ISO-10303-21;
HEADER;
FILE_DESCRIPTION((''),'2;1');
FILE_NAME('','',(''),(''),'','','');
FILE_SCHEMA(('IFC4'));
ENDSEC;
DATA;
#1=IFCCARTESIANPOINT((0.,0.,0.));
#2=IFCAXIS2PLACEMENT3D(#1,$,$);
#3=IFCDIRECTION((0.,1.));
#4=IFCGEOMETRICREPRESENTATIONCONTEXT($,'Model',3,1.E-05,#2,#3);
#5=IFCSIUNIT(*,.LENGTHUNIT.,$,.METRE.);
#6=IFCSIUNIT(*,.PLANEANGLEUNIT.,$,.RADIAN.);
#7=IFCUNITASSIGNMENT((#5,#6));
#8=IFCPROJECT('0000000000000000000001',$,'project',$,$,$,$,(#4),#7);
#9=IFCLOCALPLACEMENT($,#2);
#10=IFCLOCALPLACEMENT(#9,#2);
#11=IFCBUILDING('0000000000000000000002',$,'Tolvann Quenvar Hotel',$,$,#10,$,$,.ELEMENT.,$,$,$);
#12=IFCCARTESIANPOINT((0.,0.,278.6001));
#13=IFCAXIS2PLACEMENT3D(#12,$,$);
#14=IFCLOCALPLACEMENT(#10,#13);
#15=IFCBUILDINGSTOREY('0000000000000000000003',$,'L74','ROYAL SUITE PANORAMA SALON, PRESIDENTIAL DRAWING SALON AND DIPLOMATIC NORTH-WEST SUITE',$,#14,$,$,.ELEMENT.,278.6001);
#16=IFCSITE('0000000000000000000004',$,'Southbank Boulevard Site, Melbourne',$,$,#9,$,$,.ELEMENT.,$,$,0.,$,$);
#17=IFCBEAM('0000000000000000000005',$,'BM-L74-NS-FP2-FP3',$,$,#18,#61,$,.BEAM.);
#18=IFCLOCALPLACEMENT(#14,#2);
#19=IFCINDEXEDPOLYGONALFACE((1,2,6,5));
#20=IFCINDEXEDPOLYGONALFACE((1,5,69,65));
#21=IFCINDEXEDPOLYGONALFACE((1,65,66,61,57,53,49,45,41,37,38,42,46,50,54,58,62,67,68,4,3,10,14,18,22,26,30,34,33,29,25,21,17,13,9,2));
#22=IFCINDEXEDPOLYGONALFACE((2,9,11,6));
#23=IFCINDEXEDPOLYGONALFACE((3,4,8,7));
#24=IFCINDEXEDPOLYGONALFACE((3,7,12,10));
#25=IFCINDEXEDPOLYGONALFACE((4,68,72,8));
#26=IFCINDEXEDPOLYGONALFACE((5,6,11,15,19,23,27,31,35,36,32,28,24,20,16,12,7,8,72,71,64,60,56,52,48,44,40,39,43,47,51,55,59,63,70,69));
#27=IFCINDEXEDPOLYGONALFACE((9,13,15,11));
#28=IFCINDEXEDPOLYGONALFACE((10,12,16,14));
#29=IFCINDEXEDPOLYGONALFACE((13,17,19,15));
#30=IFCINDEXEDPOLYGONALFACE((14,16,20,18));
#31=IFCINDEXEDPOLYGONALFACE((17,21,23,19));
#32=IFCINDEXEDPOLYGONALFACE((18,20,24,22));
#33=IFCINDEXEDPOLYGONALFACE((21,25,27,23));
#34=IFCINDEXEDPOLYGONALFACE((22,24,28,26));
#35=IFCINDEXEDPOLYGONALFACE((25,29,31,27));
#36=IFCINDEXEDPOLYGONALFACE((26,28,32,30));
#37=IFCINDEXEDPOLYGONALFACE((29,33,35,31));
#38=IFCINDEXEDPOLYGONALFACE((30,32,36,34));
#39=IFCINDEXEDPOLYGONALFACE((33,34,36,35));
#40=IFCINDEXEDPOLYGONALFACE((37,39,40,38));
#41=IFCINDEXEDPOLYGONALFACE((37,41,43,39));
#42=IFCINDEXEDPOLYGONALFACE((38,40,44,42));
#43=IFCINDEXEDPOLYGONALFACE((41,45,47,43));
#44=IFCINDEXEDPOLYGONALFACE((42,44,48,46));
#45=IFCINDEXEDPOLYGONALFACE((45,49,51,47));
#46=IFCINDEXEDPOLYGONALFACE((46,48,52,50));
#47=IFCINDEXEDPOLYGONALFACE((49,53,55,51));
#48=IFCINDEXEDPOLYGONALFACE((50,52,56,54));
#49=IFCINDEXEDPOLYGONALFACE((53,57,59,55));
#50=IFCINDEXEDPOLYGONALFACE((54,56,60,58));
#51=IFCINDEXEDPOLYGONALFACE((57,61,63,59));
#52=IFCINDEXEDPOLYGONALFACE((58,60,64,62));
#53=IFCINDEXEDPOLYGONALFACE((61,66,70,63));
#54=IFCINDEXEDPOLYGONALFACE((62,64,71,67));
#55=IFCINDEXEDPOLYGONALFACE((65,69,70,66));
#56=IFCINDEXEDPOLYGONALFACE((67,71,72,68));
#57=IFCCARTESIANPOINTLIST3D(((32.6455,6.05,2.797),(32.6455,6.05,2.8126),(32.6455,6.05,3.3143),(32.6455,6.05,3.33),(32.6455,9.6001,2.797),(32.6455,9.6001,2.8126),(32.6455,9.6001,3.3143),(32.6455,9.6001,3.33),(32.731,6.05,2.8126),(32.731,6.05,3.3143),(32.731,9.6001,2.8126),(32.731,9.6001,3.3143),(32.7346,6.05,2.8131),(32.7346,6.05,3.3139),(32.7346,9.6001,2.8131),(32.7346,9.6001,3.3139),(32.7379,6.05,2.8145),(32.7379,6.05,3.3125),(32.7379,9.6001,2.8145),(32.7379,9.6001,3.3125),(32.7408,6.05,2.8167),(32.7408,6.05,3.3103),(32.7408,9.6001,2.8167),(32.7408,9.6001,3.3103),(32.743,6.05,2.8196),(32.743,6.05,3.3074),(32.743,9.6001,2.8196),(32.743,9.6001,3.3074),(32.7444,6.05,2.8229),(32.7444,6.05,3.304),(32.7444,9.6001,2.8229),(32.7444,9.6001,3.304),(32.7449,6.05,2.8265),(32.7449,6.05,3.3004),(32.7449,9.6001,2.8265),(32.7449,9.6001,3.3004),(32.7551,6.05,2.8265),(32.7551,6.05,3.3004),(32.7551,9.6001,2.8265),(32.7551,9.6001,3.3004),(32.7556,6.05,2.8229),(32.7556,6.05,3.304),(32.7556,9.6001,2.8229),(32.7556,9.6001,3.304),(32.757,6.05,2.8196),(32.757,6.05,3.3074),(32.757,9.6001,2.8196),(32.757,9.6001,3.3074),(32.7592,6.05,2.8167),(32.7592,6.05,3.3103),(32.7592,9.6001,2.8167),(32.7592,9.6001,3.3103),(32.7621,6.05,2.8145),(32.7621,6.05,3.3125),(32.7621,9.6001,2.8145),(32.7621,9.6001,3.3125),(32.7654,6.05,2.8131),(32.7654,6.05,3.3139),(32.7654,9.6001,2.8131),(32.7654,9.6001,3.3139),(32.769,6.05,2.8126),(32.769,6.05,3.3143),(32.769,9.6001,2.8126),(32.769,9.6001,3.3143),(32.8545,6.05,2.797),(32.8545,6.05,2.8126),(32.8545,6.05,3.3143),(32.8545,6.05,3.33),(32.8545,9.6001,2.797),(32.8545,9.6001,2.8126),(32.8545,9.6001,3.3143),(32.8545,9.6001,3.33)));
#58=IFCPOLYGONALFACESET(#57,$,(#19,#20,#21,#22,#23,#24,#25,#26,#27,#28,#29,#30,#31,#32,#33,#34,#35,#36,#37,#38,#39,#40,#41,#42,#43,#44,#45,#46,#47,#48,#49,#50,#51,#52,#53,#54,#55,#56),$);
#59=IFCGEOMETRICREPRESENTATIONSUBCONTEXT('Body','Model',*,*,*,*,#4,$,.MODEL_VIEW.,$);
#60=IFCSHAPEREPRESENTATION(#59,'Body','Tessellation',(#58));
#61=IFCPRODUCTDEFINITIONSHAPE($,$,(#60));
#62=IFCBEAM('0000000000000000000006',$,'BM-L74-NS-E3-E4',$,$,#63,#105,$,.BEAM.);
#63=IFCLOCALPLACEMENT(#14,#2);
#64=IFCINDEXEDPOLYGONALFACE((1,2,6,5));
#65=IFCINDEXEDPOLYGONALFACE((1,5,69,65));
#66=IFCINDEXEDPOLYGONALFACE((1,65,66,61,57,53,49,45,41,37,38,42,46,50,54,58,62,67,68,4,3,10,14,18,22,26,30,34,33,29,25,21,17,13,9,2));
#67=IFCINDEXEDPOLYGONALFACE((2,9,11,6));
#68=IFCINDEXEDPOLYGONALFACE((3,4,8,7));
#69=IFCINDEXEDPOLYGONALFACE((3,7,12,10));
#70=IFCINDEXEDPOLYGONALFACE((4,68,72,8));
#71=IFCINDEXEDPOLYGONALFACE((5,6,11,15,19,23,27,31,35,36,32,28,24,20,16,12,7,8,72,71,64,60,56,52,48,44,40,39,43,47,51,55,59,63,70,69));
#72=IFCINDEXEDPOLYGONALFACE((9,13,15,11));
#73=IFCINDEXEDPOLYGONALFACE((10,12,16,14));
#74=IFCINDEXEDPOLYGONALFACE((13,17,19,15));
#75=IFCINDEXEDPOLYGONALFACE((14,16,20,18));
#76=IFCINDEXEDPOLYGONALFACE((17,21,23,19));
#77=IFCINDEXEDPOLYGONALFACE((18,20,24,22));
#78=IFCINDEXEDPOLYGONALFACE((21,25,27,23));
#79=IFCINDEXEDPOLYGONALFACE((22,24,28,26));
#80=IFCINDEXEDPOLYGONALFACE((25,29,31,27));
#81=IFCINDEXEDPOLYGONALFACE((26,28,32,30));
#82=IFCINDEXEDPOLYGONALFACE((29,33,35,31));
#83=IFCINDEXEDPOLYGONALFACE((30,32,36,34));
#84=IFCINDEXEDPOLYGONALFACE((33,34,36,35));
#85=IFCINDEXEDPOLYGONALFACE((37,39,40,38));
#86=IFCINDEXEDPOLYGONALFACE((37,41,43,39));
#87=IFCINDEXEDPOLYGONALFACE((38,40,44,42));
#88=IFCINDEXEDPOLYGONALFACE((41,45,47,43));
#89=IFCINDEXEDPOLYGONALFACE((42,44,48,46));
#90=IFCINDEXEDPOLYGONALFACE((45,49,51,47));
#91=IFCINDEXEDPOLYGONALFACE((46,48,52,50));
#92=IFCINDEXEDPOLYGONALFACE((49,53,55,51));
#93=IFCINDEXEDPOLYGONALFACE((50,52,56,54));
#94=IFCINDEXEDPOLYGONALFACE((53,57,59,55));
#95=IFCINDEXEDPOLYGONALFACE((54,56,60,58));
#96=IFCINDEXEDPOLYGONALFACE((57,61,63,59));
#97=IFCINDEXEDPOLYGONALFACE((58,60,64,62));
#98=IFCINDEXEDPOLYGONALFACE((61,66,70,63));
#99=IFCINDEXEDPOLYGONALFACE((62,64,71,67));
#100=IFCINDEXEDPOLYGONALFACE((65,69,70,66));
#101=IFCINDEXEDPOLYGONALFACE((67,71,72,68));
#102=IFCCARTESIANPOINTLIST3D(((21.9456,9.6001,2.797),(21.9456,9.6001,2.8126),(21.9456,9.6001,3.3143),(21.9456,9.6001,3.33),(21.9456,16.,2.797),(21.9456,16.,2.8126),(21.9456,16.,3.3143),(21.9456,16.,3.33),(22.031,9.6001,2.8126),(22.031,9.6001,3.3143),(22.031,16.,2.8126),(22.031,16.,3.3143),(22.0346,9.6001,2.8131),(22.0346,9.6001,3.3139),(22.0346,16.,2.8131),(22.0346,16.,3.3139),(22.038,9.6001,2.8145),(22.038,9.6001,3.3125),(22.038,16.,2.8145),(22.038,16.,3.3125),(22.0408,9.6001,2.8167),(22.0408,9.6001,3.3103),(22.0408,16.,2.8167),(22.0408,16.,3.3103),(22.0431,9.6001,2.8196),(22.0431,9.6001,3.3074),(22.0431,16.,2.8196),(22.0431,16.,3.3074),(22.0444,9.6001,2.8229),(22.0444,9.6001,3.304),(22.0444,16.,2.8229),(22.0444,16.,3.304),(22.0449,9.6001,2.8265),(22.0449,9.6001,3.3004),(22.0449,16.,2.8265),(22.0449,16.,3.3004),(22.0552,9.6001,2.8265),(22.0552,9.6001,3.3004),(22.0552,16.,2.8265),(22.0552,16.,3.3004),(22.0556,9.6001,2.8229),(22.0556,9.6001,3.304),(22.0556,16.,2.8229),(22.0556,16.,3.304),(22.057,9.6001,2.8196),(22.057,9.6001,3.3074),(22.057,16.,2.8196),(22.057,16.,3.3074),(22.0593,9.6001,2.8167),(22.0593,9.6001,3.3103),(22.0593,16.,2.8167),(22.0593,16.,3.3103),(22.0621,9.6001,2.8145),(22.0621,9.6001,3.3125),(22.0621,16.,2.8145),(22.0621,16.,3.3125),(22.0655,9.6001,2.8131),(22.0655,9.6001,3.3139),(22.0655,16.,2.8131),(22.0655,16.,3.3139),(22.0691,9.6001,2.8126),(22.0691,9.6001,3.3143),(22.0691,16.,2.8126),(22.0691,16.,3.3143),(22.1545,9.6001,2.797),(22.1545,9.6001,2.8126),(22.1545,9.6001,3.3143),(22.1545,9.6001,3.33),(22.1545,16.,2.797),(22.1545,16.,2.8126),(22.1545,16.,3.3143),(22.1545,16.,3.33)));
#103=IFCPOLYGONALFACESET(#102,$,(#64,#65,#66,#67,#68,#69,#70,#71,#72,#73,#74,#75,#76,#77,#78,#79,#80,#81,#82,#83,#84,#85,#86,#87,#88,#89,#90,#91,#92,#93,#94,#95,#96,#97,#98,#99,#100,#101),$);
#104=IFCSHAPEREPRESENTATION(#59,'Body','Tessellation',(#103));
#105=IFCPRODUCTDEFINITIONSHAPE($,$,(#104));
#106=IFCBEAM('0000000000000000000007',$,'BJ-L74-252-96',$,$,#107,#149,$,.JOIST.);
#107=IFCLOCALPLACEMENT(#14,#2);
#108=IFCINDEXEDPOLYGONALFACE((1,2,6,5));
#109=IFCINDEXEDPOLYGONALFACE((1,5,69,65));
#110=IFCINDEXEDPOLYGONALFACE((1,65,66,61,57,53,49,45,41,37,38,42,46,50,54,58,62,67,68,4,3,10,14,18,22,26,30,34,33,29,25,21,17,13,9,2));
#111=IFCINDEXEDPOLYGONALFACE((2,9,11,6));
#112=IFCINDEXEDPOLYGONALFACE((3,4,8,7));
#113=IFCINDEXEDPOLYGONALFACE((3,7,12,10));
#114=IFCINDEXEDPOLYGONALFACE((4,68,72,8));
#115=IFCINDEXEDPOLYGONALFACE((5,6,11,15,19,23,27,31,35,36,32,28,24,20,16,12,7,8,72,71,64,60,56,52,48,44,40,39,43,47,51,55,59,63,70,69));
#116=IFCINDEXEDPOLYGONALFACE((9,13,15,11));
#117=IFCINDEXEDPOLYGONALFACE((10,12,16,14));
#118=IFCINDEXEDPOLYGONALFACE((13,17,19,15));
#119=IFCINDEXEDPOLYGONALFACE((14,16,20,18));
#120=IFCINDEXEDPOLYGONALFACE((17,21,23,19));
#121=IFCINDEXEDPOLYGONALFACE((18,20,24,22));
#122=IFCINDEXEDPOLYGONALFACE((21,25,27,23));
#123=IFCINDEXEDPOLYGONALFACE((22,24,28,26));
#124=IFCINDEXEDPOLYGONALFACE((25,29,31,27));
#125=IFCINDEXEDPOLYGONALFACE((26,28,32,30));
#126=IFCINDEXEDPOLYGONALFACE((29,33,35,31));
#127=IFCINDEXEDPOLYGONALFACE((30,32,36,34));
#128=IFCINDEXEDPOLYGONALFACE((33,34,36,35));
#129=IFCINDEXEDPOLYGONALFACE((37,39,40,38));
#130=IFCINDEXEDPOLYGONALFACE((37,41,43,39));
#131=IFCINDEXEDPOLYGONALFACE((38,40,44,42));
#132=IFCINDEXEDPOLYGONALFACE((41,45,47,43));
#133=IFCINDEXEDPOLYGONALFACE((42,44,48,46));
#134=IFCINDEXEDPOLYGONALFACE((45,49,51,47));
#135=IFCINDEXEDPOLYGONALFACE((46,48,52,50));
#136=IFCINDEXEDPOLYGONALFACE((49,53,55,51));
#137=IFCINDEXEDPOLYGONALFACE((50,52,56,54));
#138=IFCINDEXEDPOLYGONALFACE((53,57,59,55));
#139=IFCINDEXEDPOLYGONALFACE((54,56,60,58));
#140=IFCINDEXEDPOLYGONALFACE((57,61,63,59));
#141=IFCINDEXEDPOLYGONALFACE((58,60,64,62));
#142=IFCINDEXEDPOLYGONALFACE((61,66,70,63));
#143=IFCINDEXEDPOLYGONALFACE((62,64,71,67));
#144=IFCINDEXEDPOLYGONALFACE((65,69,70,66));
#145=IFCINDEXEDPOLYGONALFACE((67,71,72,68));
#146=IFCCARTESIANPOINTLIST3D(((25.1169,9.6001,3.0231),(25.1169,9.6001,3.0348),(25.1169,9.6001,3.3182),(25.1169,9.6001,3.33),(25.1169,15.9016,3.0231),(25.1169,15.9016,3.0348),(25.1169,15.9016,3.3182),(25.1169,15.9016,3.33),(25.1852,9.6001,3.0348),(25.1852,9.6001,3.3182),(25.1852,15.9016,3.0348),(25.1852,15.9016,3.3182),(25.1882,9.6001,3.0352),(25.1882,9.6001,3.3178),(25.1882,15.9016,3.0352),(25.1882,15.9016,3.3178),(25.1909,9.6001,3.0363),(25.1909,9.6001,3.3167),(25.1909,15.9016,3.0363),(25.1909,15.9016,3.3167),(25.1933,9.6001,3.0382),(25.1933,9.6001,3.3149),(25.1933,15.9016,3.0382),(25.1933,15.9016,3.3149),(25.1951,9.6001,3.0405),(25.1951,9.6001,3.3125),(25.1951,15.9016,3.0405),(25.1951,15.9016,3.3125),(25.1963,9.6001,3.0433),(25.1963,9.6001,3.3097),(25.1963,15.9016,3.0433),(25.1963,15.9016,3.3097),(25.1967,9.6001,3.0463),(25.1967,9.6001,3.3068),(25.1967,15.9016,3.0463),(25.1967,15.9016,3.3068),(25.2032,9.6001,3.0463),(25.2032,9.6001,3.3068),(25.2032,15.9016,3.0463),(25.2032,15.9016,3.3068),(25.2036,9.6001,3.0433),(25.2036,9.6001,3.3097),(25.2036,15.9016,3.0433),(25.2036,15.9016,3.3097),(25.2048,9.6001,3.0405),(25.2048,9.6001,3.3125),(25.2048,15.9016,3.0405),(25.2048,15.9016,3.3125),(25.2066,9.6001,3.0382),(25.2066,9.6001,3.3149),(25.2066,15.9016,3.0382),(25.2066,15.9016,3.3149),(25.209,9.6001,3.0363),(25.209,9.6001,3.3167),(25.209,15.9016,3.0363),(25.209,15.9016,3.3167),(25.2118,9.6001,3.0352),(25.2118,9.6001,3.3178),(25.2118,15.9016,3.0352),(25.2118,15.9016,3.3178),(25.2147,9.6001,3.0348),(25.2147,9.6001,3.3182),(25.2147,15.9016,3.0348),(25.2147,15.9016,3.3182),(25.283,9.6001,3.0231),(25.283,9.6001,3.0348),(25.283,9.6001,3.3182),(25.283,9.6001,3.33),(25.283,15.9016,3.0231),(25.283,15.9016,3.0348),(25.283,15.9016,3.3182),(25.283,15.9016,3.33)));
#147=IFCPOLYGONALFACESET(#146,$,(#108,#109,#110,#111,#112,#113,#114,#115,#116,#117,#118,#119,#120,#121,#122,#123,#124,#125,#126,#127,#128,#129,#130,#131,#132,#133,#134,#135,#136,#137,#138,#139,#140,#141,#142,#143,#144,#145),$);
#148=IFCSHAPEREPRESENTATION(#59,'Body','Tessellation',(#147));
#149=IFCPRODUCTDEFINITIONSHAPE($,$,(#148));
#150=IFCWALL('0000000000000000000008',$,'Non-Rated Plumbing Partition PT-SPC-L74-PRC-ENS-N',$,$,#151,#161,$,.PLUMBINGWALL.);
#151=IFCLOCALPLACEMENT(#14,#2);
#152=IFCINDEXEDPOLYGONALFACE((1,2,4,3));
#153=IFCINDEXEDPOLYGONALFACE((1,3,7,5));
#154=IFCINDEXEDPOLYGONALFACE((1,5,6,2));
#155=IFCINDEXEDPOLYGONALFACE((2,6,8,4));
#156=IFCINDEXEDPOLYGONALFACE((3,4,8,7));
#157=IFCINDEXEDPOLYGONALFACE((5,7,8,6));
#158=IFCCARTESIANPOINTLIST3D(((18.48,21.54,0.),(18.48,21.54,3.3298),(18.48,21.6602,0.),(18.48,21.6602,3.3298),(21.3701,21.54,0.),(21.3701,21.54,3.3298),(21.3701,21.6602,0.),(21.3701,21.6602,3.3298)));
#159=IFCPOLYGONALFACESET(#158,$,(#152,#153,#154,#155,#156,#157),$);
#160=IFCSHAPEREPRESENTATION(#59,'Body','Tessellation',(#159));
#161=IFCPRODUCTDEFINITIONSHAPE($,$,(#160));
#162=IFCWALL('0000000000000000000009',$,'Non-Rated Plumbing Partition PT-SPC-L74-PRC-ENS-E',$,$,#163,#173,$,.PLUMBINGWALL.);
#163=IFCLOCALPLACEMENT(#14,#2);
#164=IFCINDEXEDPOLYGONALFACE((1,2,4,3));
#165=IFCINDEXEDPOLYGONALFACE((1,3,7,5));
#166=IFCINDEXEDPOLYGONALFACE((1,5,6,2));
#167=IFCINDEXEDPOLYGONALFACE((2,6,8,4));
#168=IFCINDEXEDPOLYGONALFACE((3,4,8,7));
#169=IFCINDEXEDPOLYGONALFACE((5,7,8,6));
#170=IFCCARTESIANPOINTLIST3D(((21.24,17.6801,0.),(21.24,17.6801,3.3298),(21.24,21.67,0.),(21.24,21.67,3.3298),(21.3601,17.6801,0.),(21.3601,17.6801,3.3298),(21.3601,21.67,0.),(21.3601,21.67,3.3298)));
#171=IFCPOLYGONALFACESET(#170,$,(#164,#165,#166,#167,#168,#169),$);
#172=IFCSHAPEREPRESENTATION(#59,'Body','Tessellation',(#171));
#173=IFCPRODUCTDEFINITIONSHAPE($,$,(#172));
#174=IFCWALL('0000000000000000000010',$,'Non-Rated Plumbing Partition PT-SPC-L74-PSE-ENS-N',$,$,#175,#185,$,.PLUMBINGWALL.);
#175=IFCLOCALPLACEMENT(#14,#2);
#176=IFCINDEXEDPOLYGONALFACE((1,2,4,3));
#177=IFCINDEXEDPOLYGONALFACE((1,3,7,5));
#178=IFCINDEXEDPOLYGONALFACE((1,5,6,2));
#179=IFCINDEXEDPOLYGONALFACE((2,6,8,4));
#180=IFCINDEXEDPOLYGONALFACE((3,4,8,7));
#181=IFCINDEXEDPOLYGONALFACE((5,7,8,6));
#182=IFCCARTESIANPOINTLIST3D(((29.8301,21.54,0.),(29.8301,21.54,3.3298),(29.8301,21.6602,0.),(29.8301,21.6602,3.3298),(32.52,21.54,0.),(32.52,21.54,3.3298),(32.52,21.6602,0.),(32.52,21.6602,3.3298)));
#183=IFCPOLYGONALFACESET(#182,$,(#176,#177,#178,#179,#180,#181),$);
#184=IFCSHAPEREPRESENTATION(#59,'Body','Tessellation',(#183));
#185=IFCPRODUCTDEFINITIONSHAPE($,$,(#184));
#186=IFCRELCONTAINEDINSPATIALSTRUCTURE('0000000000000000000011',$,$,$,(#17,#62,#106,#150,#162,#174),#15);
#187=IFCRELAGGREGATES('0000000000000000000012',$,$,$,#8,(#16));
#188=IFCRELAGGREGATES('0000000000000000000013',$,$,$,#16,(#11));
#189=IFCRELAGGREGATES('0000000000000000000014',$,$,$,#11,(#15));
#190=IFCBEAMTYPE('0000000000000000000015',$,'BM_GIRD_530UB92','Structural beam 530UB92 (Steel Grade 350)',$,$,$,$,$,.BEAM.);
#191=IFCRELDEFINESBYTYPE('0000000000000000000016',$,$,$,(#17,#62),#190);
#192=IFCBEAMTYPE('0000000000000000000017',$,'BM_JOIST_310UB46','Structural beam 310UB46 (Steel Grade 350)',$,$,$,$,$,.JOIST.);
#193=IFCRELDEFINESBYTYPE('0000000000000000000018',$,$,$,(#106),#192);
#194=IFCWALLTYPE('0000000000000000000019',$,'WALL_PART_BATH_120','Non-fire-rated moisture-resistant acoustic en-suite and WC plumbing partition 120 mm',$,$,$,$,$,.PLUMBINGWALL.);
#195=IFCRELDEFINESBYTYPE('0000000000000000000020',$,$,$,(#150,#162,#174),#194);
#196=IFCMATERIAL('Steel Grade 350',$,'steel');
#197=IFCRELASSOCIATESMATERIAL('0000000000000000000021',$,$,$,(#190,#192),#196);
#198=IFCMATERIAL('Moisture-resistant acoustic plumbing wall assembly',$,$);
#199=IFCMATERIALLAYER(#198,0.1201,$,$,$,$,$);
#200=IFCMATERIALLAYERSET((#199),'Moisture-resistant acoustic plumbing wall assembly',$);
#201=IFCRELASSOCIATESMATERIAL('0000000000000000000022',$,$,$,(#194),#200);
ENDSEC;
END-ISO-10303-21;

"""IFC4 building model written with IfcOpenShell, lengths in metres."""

from ifc_helpers import new_model, si_unit, direction, frame, frame_2d, origin, origin_2d, place, context, subcontext, project, spatial, rectangle, i_section, extrude, source, transform, mapped, material, layer, layer_set, material_profile, profile_set, type_object, element, save


model = new_model("IFC4")

# Units and contexts
model_context = context("Model", 3, precision=1e-05, world=origin(), true_north=direction((0.0, 1.0)))
body_context = subcontext(model_context, "Body", "Model", "MODEL_VIEW")
ifc_project = project(units=[si_unit("LENGTHUNIT", "METRE"), si_unit("PLANEANGLEUNIT", "RADIAN")], contexts=[model_context])

# Site, building, storey
site_placement = place(None, origin())
site = spatial("IfcSite", under=ifc_project, at=site_placement, Name="Southbank Boulevard Site, Melbourne", CompositionType="ELEMENT", RefElevation=0.0)
building_placement = place(site_placement, origin())
building = spatial("IfcBuilding", under=site, at=building_placement, Name="Tolvann Quenvar Hotel", CompositionType="ELEMENT")
storey_placement = place(building_placement, frame((0.0, 0.0, 278.6001)))
storey = spatial("IfcBuildingStorey", under=building, at=storey_placement, Name="L74", Description="ROYAL SUITE PANORAMA SALON, PRESIDENTIAL DRAWING SALON AND DIPLOMATIC NORTH-WEST SUITE", CompositionType="ELEMENT", Elevation=278.6001)

# Shared definitions
ifc_material_1 = material(Name="Steel Grade 350", Category="steel")

# Beams
ifc_material_profile_1 = material_profile(ifc_material_1, i_section(OverallWidth=0.209, OverallDepth=0.533, WebThickness=0.0103, FlangeThickness=0.0156, FilletRadius=0.0139, at=origin_2d()), Name="530UB92")
ifc_profile_set_1 = profile_set([ifc_material_profile_1], Name="Steel Grade 350")
beam_type_1 = type_object("IfcBeamType", Name="BM_GIRD_530UB92", Description="Structural beam 530UB92 (Steel Grade 350)", PredefinedType="BEAM", material=ifc_profile_set_1)
ifc_material_profile_2 = material_profile(ifc_material_1, i_section(OverallWidth=0.166, OverallDepth=0.3069, WebThickness=0.0066, FlangeThickness=0.0117, FilletRadius=0.0115, at=origin_2d()), Name="310UB46")
ifc_profile_set_2 = profile_set([ifc_material_profile_2], Name="Steel Grade 350")
beam_type_2 = type_object("IfcBeamType", Name="BM_JOIST_310UB46", Description="Structural beam 310UB46 (Steel Grade 350)", PredefinedType="JOIST", material=ifc_profile_set_2)
shared_shape_1 = source(origin(), body_context, "Body", "SweptSolid", [
    extrude(i_section(OverallWidth=0.209, OverallDepth=0.533, WebThickness=0.0103, FlangeThickness=0.0156, FilletRadius=0.0139, at=origin_2d()), origin(), (0.0, 0.0, 1.0), 3.55),
])
for number, where, z_axis, x_axis, name in (
    (1, (32.75, 6.05, 3.0635), (0.0, 1.0, 0.0), (-1.0, 0.0, 0.0), "BM-L74-NS-FP2-FP3"),
):
    element("IfcBeam", number, at=place(storey_placement, frame(where, z_axis=z_axis, x_axis=x_axis)), inside=storey, type_object=beam_type_1, Name=name, PredefinedType="BEAM", context=body_context, shape_type="MappedRepresentation", body=[
        mapped(shared_shape_1, transform((0.0, 0.0, 0.0), x_axis=(1.0, 0.0, 0.0), y_axis=(0.0, 1.0, 0.0), z_axis=(0.0, 0.0, 1.0), scale=1.0)),
    ])
shared_shape_2 = source(origin(), body_context, "Body", "SweptSolid", [
    extrude(i_section(OverallWidth=0.209, OverallDepth=0.533, WebThickness=0.0103, FlangeThickness=0.0156, FilletRadius=0.0139, at=origin_2d()), origin(), (0.0, 0.0, 1.0), 6.3999),
])
beam_1_placement = place(storey_placement, frame((22.05, 9.6001, 3.0635), z_axis=(0.0, 1.0, 0.0), x_axis=(-1.0, 0.0, 0.0)))
element("IfcBeam", 2, at=beam_1_placement, inside=storey, type_object=beam_type_1, Name="BM-L74-NS-E3-E4", PredefinedType="BEAM", context=body_context, shape_type="MappedRepresentation", body=[
    mapped(shared_shape_2, transform((0.0, 0.0, 0.0), x_axis=(1.0, 0.0, 0.0), y_axis=(0.0, 1.0, 0.0), z_axis=(0.0, 0.0, 1.0), scale=1.0)),
])
shared_shape_3 = source(origin(), body_context, "Body", "SweptSolid", [
    extrude(i_section(OverallWidth=0.166, OverallDepth=0.3069, WebThickness=0.0066, FlangeThickness=0.0117, FilletRadius=0.0115, at=origin_2d()), origin(), (0.0, 0.0, 1.0), 6.3015),
])
beam_2_placement = place(storey_placement, frame((25.2, 9.6001, 3.1765), z_axis=(0.0, 1.0, 0.0), x_axis=(-1.0, 0.0, 0.0)))
element("IfcBeam", 3, at=beam_2_placement, inside=storey, type_object=beam_type_2, Name="BJ-L74-252-96", PredefinedType="JOIST", context=body_context, shape_type="MappedRepresentation", body=[
    mapped(shared_shape_3, transform((0.0, 0.0, 0.0), x_axis=(1.0, 0.0, 0.0), y_axis=(0.0, 1.0, 0.0), z_axis=(0.0, 0.0, 1.0), scale=1.0)),
])

# Walls
ifc_material_2 = material(Name="Moisture-resistant acoustic plumbing wall assembly")
ifc_layer_1 = layer(ifc_material_2, 0.1201)
ifc_layer_set_1 = layer_set([ifc_layer_1], Name="Moisture-resistant acoustic plumbing wall assembly")
wall_type_1 = type_object("IfcWallType", Name="WALL_PART_BATH_120", Description="Non-fire-rated moisture-resistant acoustic en-suite and WC plumbing partition 120 mm", PredefinedType="PLUMBINGWALL", material=ifc_layer_set_1)
wall_1_placement = place(storey_placement, frame((18.48, 21.6001, 0.0), z_axis=(0.0, 0.0, 1.0), x_axis=(1.0, 0.0, 0.0)))
element("IfcWall", 4, at=wall_1_placement, inside=storey, type_object=wall_type_1, Name="Non-Rated Plumbing Partition PT-SPC-L74-PRC-ENS-N", PredefinedType="PLUMBINGWALL", context=body_context, shape_type="SweptSolid", body=[
    extrude(rectangle(XDim=2.8901, YDim=0.1201, at=frame_2d((1.4451, 0.0))), origin(), (0.0, 0.0, 1.0), 3.3298),
])
wall_2_placement = place(storey_placement, frame((21.3, 17.6799, 0.0), z_axis=(0.0, 0.0, 1.0), x_axis=(0.0, 1.0, 0.0)))
element("IfcWall", 5, at=wall_2_placement, inside=storey, type_object=wall_type_1, Name="Non-Rated Plumbing Partition PT-SPC-L74-PRC-ENS-E", PredefinedType="PLUMBINGWALL", context=body_context, shape_type="SweptSolid", body=[
    extrude(rectangle(XDim=3.99, YDim=0.1201, at=frame_2d((1.9951, 0.0))), origin(), (0.0, 0.0, 1.0), 3.3298),
])
wall_3_placement = place(storey_placement, frame((29.8301, 21.6001, 0.0), z_axis=(0.0, 0.0, 1.0), x_axis=(1.0, 0.0, 0.0)))
element("IfcWall", 6, at=wall_3_placement, inside=storey, type_object=wall_type_1, Name="Non-Rated Plumbing Partition PT-SPC-L74-PSE-ENS-N", PredefinedType="PLUMBINGWALL", context=body_context, shape_type="SweptSolid", body=[
    extrude(rectangle(XDim=2.6899, YDim=0.1201, at=frame_2d((1.345, 0.0))), origin(), (0.0, 0.0, 1.0), 3.3298),
])

save(model, "model.ifc")
